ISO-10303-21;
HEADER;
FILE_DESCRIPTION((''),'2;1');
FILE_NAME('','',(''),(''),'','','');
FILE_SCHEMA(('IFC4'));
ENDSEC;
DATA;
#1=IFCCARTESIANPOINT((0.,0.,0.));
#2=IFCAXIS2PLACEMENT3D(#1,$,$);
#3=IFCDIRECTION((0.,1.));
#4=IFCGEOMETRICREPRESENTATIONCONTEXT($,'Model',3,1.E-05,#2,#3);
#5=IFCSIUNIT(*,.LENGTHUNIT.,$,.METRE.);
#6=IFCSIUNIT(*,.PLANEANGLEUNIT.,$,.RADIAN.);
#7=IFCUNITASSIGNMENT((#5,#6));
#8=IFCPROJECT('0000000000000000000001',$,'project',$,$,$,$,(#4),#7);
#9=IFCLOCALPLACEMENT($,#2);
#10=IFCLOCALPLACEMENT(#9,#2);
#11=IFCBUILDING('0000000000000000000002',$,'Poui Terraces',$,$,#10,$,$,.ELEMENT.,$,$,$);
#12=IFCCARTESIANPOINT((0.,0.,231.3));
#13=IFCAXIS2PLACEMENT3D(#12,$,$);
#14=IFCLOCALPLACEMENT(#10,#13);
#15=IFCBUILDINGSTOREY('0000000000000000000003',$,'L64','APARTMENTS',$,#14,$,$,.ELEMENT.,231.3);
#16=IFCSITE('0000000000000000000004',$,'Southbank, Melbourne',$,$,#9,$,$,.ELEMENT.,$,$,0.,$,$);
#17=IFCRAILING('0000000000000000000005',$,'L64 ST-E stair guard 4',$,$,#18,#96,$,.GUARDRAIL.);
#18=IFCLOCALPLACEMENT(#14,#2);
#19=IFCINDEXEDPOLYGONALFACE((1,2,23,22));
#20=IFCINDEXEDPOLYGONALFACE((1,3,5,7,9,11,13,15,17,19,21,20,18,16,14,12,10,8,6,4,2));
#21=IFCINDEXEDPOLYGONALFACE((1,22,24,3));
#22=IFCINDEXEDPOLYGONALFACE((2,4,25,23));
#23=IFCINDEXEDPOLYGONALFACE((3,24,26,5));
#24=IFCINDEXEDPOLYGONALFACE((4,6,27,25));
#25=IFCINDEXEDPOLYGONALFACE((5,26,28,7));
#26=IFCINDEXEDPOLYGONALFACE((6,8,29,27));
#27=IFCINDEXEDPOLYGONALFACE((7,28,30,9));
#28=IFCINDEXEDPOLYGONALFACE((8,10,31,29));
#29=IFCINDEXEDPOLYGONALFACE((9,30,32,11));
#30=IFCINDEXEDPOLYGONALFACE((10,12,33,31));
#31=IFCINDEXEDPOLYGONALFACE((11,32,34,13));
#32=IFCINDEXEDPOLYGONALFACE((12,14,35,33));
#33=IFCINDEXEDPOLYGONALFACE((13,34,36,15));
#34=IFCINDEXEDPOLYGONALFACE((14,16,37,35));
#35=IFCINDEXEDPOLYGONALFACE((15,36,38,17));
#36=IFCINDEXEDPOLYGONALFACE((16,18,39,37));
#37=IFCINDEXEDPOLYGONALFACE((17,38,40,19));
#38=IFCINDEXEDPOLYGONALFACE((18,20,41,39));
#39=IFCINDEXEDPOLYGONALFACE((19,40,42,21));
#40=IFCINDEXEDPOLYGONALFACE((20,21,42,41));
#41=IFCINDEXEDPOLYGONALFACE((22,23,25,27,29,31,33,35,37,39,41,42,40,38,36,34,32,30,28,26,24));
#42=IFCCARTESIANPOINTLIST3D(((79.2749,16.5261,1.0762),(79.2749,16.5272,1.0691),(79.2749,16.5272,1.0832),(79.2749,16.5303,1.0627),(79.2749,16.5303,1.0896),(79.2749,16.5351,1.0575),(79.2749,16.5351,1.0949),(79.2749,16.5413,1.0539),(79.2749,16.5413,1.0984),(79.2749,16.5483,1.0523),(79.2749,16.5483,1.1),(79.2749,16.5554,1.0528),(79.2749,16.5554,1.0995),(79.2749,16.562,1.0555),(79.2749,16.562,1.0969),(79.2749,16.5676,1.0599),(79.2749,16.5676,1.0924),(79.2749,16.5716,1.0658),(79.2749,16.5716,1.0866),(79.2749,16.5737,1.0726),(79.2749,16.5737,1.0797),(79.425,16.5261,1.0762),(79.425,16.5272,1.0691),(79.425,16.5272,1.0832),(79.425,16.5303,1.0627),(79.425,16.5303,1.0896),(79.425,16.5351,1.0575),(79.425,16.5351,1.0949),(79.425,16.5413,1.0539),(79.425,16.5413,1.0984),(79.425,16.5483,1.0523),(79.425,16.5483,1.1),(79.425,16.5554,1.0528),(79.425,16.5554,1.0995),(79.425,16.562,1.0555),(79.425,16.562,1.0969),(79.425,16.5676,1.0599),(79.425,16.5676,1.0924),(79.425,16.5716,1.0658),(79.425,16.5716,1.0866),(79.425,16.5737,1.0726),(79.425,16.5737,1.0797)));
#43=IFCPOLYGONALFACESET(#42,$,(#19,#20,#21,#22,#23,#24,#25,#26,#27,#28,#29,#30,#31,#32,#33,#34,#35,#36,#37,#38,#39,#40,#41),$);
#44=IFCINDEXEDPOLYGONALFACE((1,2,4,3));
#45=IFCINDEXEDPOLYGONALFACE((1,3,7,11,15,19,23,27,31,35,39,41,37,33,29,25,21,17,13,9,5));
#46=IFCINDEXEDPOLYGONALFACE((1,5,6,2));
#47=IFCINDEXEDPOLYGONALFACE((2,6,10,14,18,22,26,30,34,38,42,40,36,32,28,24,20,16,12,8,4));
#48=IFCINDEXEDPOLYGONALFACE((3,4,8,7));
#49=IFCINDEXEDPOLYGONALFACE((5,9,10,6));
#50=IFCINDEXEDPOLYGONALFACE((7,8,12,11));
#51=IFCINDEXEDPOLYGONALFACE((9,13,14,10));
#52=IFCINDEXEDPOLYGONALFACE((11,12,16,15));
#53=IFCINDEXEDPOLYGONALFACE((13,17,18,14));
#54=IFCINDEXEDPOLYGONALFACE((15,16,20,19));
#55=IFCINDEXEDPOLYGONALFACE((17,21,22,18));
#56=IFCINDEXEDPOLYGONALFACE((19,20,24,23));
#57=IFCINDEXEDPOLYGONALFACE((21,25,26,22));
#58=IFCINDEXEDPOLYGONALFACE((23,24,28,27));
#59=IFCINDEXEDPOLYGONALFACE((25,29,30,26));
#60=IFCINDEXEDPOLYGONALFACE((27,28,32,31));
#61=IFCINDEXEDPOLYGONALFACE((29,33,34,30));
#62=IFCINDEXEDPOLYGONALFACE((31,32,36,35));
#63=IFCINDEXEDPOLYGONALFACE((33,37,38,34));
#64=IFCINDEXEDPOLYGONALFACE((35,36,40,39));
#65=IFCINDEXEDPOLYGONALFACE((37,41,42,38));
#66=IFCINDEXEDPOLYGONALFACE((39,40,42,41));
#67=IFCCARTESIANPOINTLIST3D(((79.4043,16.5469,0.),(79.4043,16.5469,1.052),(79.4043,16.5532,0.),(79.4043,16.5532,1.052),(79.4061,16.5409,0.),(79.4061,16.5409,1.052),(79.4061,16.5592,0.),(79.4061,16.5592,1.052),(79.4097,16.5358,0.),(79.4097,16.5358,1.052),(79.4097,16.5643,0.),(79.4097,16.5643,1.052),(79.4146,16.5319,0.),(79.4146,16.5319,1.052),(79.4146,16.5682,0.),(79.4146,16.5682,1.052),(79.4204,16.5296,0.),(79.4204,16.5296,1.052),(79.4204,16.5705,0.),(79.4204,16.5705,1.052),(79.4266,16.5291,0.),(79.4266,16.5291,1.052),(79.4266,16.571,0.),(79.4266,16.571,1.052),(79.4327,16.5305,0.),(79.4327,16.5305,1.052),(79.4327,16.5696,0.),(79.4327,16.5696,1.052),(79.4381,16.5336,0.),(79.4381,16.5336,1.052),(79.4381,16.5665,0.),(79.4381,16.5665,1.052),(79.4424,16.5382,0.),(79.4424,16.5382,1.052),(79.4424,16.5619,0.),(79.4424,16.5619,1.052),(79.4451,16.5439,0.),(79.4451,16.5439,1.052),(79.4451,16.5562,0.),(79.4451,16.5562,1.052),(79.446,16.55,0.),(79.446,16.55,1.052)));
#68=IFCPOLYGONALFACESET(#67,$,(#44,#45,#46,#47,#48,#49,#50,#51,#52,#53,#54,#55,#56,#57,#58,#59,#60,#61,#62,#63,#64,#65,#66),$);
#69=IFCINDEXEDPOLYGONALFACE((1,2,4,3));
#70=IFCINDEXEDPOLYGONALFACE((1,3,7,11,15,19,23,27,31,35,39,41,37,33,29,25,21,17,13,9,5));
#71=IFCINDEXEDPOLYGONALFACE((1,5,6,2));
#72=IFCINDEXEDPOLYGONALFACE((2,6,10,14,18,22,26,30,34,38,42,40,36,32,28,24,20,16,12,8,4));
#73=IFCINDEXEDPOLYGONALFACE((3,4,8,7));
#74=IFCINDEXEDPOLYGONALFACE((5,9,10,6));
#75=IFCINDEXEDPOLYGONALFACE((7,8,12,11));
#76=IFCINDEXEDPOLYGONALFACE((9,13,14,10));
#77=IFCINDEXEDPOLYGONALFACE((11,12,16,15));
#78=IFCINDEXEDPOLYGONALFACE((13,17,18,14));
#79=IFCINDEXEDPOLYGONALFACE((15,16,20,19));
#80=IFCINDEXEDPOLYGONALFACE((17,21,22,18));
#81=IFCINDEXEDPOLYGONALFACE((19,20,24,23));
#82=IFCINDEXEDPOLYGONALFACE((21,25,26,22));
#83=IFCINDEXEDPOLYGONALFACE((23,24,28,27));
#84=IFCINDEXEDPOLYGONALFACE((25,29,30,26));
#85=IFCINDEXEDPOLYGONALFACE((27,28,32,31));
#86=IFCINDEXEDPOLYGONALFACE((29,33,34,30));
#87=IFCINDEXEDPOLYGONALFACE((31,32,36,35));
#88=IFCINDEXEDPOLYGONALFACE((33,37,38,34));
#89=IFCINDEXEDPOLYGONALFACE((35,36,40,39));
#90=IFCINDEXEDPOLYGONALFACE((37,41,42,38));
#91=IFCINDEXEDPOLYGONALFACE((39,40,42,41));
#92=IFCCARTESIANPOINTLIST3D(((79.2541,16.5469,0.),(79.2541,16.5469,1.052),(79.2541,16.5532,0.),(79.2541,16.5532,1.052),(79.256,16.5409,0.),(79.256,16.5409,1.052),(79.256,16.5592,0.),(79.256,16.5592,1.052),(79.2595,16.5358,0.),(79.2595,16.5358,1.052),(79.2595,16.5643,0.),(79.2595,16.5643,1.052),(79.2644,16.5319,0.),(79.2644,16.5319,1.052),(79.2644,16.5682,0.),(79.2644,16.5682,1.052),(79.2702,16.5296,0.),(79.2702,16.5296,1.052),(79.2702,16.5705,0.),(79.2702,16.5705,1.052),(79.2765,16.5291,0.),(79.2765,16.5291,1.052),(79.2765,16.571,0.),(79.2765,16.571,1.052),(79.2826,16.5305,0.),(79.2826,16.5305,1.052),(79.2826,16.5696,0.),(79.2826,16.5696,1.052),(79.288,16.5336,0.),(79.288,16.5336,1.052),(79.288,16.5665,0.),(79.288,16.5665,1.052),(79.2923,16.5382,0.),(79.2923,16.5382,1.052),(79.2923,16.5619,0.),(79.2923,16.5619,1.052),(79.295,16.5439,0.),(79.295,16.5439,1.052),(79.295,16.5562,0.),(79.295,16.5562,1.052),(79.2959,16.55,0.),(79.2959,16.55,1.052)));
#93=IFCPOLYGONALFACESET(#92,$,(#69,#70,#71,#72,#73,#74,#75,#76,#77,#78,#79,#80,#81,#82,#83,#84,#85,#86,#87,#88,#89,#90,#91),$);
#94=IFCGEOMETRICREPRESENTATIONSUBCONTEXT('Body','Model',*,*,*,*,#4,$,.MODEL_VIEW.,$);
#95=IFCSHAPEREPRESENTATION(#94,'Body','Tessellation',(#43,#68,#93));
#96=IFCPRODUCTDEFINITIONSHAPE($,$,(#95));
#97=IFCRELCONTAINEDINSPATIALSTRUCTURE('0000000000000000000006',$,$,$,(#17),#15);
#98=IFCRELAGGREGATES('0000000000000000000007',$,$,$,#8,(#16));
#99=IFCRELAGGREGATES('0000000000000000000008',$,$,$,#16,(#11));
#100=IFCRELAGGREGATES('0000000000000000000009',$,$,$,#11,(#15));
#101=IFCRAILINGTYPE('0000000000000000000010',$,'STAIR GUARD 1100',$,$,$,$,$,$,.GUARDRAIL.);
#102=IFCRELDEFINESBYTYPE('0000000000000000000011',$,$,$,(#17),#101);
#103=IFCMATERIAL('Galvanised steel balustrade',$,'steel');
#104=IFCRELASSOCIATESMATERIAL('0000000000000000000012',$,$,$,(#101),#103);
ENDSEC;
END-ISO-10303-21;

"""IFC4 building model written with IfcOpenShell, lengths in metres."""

from ifc_helpers import new_model, si_unit, direction, frame, origin, origin_2d, place, context, subcontext, project, spatial, circle, extrude, material, type_object, element, save


model = new_model("IFC4")

# Units and contexts
model_context = context("Model", 3, precision=1e-05, world=origin(), true_north=direction((0.0, 1.0)))
body_context = subcontext(model_context, "Body", "Model", "MODEL_VIEW")
ifc_project = project(units=[si_unit("LENGTHUNIT", "METRE"), si_unit("PLANEANGLEUNIT", "RADIAN")], contexts=[model_context])

# Site, building, storey
site_placement = place(None, origin())
site = spatial("IfcSite", under=ifc_project, at=site_placement, Name="Southbank, Melbourne", CompositionType="ELEMENT", RefElevation=0.0)
building_placement = place(site_placement, origin())
building = spatial("IfcBuilding", under=site, at=building_placement, Name="Poui Terraces", CompositionType="ELEMENT")
storey_placement = place(building_placement, frame((0.0, 0.0, 231.3)))
storey = spatial("IfcBuildingStorey", under=building, at=storey_placement, Name="L64", Description="APARTMENTS", CompositionType="ELEMENT", Elevation=231.3)

# Railing
ifc_material_1 = material(Name="Galvanised steel balustrade", Category="steel")
railing_type_1 = type_object("IfcRailingType", Name="STAIR GUARD 1100", PredefinedType="GUARDRAIL", material=ifc_material_1)
railing_1_placement = place(storey_placement, frame((79.425, 16.55, 0.0)))
element("IfcRailing", 1, at=railing_1_placement, inside=storey, type_object=railing_type_1, Name="L64 ST-E stair guard 4", PredefinedType="GUARDRAIL", context=body_context, shape_type="SweptSolid", body=[
    extrude(circle(Radius=0.0239, at=origin_2d()), frame((0.0, 0.0, 1.0762), z_axis=(-1.0, 0.0, 0.0), x_axis=(0.0, -1.0, 0.0)), (0.0, 0.0, 1.0), 0.1501),
    extrude(circle(Radius=0.021, at=origin_2d()), origin(), (0.0, 0.0, 1.0), 1.052),
    extrude(circle(Radius=0.021, at=origin_2d()), frame((-0.1501, 0.0, 0.0)), (0.0, 0.0, 1.0), 1.052),
])

save(model, "model.ifc")
